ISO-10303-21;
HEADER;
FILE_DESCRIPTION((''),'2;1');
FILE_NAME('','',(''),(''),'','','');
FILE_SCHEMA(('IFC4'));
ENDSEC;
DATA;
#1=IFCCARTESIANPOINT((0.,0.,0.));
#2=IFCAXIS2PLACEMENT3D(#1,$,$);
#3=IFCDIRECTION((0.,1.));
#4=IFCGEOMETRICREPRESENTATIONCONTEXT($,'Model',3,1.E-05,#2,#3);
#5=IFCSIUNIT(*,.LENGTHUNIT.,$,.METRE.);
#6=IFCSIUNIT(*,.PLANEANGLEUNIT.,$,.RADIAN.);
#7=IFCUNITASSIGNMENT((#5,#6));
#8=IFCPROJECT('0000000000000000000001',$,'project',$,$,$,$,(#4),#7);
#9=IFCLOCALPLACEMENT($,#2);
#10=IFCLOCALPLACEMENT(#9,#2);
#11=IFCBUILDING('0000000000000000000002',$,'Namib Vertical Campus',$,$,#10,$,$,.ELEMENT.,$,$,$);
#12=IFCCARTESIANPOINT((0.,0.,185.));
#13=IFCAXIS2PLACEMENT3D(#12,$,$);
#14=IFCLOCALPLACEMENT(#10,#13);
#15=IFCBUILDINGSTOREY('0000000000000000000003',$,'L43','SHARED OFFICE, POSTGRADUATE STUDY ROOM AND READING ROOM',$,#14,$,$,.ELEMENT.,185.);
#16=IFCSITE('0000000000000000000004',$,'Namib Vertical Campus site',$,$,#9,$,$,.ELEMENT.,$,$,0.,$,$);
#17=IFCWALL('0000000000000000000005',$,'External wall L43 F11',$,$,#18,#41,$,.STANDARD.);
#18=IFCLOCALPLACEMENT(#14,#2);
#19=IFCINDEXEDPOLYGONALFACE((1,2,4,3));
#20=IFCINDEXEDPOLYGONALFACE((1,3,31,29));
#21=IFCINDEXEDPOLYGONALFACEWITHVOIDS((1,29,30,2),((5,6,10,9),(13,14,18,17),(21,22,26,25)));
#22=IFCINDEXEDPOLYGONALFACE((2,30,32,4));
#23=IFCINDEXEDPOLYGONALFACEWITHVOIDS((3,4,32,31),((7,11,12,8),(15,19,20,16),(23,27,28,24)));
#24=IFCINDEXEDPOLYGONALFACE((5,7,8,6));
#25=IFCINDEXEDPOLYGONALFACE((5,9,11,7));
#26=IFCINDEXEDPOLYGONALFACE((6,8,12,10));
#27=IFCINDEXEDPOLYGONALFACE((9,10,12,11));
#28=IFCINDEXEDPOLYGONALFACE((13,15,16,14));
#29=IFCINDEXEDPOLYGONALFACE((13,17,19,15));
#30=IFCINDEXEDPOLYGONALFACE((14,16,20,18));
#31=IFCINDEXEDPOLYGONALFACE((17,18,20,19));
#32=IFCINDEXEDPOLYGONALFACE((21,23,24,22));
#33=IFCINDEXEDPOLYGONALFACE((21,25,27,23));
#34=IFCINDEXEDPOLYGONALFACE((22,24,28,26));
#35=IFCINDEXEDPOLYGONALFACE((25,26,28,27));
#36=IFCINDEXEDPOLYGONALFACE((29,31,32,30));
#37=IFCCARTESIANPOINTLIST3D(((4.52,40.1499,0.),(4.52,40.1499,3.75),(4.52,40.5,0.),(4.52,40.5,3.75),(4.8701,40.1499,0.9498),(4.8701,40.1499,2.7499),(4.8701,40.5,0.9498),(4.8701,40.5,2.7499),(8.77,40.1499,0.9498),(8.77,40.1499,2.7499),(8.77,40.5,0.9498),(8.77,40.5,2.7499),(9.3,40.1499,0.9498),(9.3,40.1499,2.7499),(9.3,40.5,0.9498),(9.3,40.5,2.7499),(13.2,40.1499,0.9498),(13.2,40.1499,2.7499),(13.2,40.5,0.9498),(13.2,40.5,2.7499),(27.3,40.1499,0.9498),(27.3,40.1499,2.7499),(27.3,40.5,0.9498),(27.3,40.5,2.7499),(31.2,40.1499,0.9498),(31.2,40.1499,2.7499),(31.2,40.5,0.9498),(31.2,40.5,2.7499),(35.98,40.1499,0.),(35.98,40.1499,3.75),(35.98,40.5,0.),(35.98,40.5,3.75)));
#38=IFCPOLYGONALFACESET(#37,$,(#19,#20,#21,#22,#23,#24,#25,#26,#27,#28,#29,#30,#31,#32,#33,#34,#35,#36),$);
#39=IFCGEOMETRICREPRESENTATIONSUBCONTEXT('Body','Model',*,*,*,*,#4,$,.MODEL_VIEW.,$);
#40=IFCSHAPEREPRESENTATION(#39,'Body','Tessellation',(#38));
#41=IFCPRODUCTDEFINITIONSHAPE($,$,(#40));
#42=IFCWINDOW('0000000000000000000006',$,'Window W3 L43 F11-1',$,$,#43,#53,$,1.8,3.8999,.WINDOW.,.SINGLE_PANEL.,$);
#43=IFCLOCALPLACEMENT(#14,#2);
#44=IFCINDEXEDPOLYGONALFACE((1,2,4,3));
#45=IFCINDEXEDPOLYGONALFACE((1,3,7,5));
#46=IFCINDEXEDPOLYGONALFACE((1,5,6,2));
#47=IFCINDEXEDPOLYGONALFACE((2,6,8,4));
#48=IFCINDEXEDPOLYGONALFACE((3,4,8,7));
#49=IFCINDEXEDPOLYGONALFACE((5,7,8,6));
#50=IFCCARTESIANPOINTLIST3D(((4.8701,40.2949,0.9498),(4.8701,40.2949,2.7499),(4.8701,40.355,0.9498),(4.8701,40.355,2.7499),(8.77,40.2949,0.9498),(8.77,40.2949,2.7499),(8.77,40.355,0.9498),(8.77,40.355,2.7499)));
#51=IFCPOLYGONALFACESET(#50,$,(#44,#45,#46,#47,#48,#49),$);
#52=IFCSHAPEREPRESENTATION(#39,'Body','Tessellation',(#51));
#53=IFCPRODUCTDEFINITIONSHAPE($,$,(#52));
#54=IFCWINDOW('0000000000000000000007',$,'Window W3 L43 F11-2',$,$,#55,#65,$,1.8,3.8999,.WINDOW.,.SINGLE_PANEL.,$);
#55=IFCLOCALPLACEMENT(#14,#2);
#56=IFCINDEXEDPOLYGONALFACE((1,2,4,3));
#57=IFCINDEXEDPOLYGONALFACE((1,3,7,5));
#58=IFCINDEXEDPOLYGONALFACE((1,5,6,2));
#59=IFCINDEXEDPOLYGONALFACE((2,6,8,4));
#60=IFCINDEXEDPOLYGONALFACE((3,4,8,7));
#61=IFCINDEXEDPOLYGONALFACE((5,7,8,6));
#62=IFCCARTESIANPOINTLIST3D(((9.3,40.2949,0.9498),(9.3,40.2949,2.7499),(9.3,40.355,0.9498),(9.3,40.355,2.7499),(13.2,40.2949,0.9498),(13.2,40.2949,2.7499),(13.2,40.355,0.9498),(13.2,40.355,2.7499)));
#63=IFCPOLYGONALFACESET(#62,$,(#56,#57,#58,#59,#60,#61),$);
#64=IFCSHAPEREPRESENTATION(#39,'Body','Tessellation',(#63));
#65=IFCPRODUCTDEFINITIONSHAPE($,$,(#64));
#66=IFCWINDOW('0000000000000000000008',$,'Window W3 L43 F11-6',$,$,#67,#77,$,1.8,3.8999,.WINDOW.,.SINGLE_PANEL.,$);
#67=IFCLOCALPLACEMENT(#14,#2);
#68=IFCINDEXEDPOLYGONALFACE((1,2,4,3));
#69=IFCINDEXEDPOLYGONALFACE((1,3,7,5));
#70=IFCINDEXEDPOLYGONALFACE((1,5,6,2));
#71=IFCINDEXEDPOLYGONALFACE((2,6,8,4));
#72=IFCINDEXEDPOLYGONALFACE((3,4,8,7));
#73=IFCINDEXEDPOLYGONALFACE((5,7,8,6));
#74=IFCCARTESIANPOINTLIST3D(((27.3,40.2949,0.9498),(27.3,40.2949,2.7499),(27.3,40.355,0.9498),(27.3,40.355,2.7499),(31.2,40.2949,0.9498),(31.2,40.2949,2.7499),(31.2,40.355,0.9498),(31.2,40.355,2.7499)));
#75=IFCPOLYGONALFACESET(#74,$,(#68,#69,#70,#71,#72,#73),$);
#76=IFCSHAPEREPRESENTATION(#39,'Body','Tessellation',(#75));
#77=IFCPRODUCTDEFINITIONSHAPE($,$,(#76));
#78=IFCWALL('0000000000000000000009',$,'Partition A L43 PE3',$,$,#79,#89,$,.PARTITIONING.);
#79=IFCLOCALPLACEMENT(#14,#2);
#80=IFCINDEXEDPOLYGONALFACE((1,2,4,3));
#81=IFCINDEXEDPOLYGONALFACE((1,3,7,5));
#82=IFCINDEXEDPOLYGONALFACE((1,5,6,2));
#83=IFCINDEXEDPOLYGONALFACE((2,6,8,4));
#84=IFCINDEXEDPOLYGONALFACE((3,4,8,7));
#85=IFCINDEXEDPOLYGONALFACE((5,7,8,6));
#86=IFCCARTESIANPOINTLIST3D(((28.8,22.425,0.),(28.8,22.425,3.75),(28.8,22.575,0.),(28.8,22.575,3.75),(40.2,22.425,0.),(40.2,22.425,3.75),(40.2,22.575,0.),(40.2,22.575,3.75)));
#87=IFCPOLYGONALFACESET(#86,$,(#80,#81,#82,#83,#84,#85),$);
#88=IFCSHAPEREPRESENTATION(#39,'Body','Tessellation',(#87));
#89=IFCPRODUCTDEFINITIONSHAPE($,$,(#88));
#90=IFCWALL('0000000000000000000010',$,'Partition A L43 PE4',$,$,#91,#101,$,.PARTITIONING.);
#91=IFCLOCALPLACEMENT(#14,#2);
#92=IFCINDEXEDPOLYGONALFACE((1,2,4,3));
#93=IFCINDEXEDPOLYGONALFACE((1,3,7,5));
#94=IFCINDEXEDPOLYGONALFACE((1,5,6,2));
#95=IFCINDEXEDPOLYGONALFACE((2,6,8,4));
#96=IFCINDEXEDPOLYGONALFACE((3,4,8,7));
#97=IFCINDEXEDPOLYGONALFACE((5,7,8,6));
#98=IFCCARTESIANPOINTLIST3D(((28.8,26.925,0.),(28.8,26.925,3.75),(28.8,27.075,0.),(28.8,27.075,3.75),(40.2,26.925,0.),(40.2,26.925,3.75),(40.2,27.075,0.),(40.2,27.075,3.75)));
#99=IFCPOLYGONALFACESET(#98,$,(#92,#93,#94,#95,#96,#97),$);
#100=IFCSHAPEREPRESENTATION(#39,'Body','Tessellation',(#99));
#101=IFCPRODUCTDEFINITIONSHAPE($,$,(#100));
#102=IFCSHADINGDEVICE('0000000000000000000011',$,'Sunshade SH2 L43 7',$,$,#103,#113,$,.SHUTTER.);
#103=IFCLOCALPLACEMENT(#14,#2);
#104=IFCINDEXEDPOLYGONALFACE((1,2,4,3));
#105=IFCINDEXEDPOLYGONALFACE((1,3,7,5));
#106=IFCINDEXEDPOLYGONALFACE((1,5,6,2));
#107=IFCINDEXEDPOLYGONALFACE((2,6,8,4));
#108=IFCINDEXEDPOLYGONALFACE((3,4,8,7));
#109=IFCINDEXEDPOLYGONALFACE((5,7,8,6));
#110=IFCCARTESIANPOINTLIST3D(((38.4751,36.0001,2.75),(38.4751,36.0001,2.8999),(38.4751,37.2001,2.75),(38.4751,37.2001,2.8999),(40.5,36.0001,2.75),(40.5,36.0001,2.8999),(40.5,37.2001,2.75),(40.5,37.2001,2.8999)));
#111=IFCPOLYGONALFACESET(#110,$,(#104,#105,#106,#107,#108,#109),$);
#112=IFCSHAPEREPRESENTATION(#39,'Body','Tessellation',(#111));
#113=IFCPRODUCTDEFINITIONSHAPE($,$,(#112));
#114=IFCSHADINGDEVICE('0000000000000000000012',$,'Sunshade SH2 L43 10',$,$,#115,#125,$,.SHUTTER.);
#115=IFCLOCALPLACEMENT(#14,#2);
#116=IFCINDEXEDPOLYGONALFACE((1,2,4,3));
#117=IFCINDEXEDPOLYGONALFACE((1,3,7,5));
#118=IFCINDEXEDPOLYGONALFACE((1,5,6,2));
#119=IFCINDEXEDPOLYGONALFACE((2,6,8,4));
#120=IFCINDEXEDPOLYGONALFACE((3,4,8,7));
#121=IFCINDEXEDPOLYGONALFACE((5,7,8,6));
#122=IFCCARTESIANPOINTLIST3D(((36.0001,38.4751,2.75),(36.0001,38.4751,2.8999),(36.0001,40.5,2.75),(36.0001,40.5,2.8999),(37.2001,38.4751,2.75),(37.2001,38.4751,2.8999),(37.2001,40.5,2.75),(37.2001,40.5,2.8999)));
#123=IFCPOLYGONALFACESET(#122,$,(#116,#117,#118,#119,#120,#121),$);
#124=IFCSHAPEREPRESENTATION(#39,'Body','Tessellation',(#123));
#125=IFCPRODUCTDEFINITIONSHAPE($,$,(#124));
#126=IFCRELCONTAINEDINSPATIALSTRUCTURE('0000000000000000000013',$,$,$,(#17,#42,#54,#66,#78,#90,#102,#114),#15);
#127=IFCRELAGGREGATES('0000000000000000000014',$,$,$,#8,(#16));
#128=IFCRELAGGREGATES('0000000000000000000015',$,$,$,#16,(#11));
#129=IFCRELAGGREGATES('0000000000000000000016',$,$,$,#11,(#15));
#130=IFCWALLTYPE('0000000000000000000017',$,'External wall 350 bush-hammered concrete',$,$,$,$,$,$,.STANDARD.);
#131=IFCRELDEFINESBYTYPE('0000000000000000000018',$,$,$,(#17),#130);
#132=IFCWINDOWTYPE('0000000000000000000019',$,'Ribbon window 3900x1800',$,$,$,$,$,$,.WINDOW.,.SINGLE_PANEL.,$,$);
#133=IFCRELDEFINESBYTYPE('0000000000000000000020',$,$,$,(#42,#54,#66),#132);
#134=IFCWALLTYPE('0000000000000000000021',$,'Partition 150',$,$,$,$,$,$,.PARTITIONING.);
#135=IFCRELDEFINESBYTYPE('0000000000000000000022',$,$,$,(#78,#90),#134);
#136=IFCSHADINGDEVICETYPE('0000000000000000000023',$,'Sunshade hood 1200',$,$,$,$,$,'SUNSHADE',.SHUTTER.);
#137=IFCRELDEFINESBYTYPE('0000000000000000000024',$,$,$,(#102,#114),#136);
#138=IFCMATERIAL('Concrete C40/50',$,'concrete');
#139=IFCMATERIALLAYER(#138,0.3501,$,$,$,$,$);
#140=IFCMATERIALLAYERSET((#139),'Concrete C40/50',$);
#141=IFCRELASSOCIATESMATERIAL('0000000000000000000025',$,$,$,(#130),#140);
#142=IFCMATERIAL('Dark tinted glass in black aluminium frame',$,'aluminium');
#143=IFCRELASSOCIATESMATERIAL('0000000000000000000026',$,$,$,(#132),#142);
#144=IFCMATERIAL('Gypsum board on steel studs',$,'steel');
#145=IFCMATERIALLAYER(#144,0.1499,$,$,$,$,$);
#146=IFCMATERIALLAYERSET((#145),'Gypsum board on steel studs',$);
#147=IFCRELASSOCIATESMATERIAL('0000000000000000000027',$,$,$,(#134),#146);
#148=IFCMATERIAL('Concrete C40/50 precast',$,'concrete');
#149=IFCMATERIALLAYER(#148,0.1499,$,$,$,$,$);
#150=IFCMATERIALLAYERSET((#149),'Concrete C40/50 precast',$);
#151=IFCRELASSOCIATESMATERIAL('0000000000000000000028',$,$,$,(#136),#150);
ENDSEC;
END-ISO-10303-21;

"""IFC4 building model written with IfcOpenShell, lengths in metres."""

from ifc_helpers import new_model, si_unit, direction, frame, frame_2d, origin, origin_2d, place, context, subcontext, project, spatial, rectangle, extrude, material, layer, layer_set, type_object, element, fill, save


model = new_model("IFC4")

# Units and contexts
model_context = context("Model", 3, precision=1e-05, world=origin(), true_north=direction((0.0, 1.0)))
body_context = subcontext(model_context, "Body", "Model", "MODEL_VIEW")
ifc_project = project(units=[si_unit("LENGTHUNIT", "METRE"), si_unit("PLANEANGLEUNIT", "RADIAN")], contexts=[model_context])

# Site, building, storey
site_placement = place(None, origin())
site = spatial("IfcSite", under=ifc_project, at=site_placement, Name="Namib Vertical Campus site", CompositionType="ELEMENT", RefElevation=0.0)
building_placement = place(site_placement, origin())
building = spatial("IfcBuilding", under=site, at=building_placement, Name="Namib Vertical Campus", CompositionType="ELEMENT")
storey_placement = place(building_placement, frame((0.0, 0.0, 185.0)))
storey = spatial("IfcBuildingStorey", under=building, at=storey_placement, Name="L43", Description="SHARED OFFICE, POSTGRADUATE STUDY ROOM AND READING ROOM", CompositionType="ELEMENT", Elevation=185.0)

# Shared definitions
ifc_material_1 = material(Name="Concrete C40/50", Category="concrete")
ifc_layer_1 = layer(ifc_material_1, 0.3501)
ifc_layer_set_1 = layer_set([ifc_layer_1], Name="Concrete C40/50")
wall_type_1 = type_object("IfcWallType", Name="External wall 350 bush-hammered concrete", PredefinedType="STANDARD", material=ifc_layer_set_1)

# Wall, openings, windows
wall_1_placement = place(storey_placement, frame((35.98, 40.325, 0.0), z_axis=(0.0, 0.0, 1.0), x_axis=(-1.0, 0.0, 0.0)))
wall_1 = element("IfcWall", 1, at=wall_1_placement, inside=storey, type_object=wall_type_1, Name="External wall L43 F11", PredefinedType="STANDARD", context=body_context, shape_type="SweptSolid", body=[
    extrude(rectangle(XDim=31.46, YDim=0.3501, at=frame_2d((15.73, 0.0))), origin(), (0.0, 0.0, 1.0), 3.75),
])
opening_1_placement = place(wall_1_placement, frame((27.21, 0.0, 0.95)))
opening_1 = element("IfcOpeningElement", 2, at=opening_1_placement, cuts=wall_1, PredefinedType="OPENING", context=body_context, shape_type="SweptSolid", body=[
    extrude(rectangle(XDim=3.8999, YDim=1.8, at=frame_2d((1.95, 0.8999))), frame((0.0, 0.1851, 0.0), z_axis=(0.0, -1.0, 0.0), x_axis=(1.0, 0.0, 0.0)), (0.0, 0.0, 1.0), 0.3701),
])
opening_2_placement = place(wall_1_placement, frame((22.78, 0.0, 0.95)))
opening_2 = element("IfcOpeningElement", 3, at=opening_2_placement, cuts=wall_1, PredefinedType="OPENING", context=body_context, shape_type="SweptSolid", body=[
    extrude(rectangle(XDim=3.8999, YDim=1.8, at=frame_2d((1.95, 0.8999))), frame((0.0, 0.1851, 0.0), z_axis=(0.0, -1.0, 0.0), x_axis=(1.0, 0.0, 0.0)), (0.0, 0.0, 1.0), 0.3701),
])
opening_3_placement = place(wall_1_placement, frame((4.78, 0.0, 0.95)))
opening_3 = element("IfcOpeningElement", 4, at=opening_3_placement, cuts=wall_1, PredefinedType="OPENING", context=body_context, shape_type="SweptSolid", body=[
    extrude(rectangle(XDim=3.8999, YDim=1.8, at=frame_2d((1.95, 0.8999))), frame((0.0, 0.1851, 0.0), z_axis=(0.0, -1.0, 0.0), x_axis=(1.0, 0.0, 0.0)), (0.0, 0.0, 1.0), 0.3701),
])
ifc_material_2 = material(Name="Dark tinted glass in black aluminium frame", Category="aluminium")
window_type = type_object("IfcWindowType", Name="Ribbon window 3900x1800", PartitioningType="SINGLE_PANEL", PredefinedType="WINDOW", material=ifc_material_2)
window_1_placement = place(opening_1_placement, origin())
window_1 = element("IfcWindow", 5, at=window_1_placement, inside=storey, type_object=window_type, Name="Window W3 L43 F11-1", OverallHeight=1.8, OverallWidth=3.8999, PartitioningType="SINGLE_PANEL", PredefinedType="WINDOW", context=body_context, shape_type="SweptSolid", body=[
    extrude(rectangle(XDim=3.8999, YDim=1.8, at=frame_2d((1.95, 0.8999))), frame((0.0, 0.03, 0.0), z_axis=(0.0, -1.0, 0.0), x_axis=(1.0, 0.0, 0.0)), (0.0, 0.0, 1.0), 0.0601),
])
fill(opening_1, window_1)
window_2_placement = place(opening_2_placement, origin())
window_2 = element("IfcWindow", 6, at=window_2_placement, inside=storey, type_object=window_type, Name="Window W3 L43 F11-2", OverallHeight=1.8, OverallWidth=3.8999, PartitioningType="SINGLE_PANEL", PredefinedType="WINDOW", context=body_context, shape_type="SweptSolid", body=[
    extrude(rectangle(XDim=3.8999, YDim=1.8, at=frame_2d((1.95, 0.8999))), frame((0.0, 0.03, 0.0), z_axis=(0.0, -1.0, 0.0), x_axis=(1.0, 0.0, 0.0)), (0.0, 0.0, 1.0), 0.0601),
])
fill(opening_2, window_2)
window_3_placement = place(opening_3_placement, origin())
window_3 = element("IfcWindow", 7, at=window_3_placement, inside=storey, type_object=window_type, Name="Window W3 L43 F11-6", OverallHeight=1.8, OverallWidth=3.8999, PartitioningType="SINGLE_PANEL", PredefinedType="WINDOW", context=body_context, shape_type="SweptSolid", body=[
    extrude(rectangle(XDim=3.8999, YDim=1.8, at=frame_2d((1.95, 0.8999))), frame((0.0, 0.03, 0.0), z_axis=(0.0, -1.0, 0.0), x_axis=(1.0, 0.0, 0.0)), (0.0, 0.0, 1.0), 0.0601),
])
fill(opening_3, window_3)

# Walls
ifc_material_3 = material(Name="Gypsum board on steel studs", Category="steel")
ifc_layer_2 = layer(ifc_material_3, 0.1499)
ifc_layer_set_2 = layer_set([ifc_layer_2], Name="Gypsum board on steel studs")
wall_type_2 = type_object("IfcWallType", Name="Partition 150", PredefinedType="PARTITIONING", material=ifc_layer_set_2)
for number, where, z_axis, x_axis, name in (
    (8, (28.8, 22.5, 0.0), (0.0, 0.0, 1.0), (1.0, 0.0, 0.0), "Partition A L43 PE3"),
    (9, (28.8, 27.0, 0.0), (0.0, 0.0, 1.0), (1.0, 0.0, 0.0), "Partition A L43 PE4"),
):
    element("IfcWall", number, at=place(storey_placement, frame(where, z_axis=z_axis, x_axis=x_axis)), inside=storey, type_object=wall_type_2, Name=name, PredefinedType="PARTITIONING", context=body_context, shape_type="SweptSolid", body=[
        extrude(rectangle(XDim=11.3999, YDim=0.1499, at=frame_2d((5.7, 0.0))), origin(), (0.0, 0.0, 1.0), 3.75),
    ])

# Shading devices
ifc_material_4 = material(Name="Concrete C40/50 precast", Category="concrete")
ifc_layer_3 = layer(ifc_material_4, 0.1499)
ifc_layer_set_3 = layer_set([ifc_layer_3], Name="Concrete C40/50 precast")
shading_device_type = type_object("IfcShadingDeviceType", Name="Sunshade hood 1200", ElementType="SUNSHADE", PredefinedType="SHUTTER", material=ifc_layer_set_3)
for number, where, z_axis, x_axis, name in (
    (10, (39.4875, 36.6001, 2.75), (0.0, 0.0, 1.0), (-1.0, 0.0, 0.0), "Sunshade SH2 L43 7"),
    (11, (36.6001, 39.4875, 2.75), (0.0, 0.0, 1.0), (0.0, 1.0, 0.0), "Sunshade SH2 L43 10"),
):
    element("IfcShadingDevice", number, at=place(storey_placement, frame(where, z_axis=z_axis, x_axis=x_axis)), inside=storey, type_object=shading_device_type, Name=name, PredefinedType="SHUTTER", context=body_context, shape_type="SweptSolid", body=[
        extrude(rectangle(XDim=2.0249, YDim=1.2, at=origin_2d()), origin(), (0.0, 0.0, 1.0), 0.1499),
    ])

save(model, "model.ifc")
